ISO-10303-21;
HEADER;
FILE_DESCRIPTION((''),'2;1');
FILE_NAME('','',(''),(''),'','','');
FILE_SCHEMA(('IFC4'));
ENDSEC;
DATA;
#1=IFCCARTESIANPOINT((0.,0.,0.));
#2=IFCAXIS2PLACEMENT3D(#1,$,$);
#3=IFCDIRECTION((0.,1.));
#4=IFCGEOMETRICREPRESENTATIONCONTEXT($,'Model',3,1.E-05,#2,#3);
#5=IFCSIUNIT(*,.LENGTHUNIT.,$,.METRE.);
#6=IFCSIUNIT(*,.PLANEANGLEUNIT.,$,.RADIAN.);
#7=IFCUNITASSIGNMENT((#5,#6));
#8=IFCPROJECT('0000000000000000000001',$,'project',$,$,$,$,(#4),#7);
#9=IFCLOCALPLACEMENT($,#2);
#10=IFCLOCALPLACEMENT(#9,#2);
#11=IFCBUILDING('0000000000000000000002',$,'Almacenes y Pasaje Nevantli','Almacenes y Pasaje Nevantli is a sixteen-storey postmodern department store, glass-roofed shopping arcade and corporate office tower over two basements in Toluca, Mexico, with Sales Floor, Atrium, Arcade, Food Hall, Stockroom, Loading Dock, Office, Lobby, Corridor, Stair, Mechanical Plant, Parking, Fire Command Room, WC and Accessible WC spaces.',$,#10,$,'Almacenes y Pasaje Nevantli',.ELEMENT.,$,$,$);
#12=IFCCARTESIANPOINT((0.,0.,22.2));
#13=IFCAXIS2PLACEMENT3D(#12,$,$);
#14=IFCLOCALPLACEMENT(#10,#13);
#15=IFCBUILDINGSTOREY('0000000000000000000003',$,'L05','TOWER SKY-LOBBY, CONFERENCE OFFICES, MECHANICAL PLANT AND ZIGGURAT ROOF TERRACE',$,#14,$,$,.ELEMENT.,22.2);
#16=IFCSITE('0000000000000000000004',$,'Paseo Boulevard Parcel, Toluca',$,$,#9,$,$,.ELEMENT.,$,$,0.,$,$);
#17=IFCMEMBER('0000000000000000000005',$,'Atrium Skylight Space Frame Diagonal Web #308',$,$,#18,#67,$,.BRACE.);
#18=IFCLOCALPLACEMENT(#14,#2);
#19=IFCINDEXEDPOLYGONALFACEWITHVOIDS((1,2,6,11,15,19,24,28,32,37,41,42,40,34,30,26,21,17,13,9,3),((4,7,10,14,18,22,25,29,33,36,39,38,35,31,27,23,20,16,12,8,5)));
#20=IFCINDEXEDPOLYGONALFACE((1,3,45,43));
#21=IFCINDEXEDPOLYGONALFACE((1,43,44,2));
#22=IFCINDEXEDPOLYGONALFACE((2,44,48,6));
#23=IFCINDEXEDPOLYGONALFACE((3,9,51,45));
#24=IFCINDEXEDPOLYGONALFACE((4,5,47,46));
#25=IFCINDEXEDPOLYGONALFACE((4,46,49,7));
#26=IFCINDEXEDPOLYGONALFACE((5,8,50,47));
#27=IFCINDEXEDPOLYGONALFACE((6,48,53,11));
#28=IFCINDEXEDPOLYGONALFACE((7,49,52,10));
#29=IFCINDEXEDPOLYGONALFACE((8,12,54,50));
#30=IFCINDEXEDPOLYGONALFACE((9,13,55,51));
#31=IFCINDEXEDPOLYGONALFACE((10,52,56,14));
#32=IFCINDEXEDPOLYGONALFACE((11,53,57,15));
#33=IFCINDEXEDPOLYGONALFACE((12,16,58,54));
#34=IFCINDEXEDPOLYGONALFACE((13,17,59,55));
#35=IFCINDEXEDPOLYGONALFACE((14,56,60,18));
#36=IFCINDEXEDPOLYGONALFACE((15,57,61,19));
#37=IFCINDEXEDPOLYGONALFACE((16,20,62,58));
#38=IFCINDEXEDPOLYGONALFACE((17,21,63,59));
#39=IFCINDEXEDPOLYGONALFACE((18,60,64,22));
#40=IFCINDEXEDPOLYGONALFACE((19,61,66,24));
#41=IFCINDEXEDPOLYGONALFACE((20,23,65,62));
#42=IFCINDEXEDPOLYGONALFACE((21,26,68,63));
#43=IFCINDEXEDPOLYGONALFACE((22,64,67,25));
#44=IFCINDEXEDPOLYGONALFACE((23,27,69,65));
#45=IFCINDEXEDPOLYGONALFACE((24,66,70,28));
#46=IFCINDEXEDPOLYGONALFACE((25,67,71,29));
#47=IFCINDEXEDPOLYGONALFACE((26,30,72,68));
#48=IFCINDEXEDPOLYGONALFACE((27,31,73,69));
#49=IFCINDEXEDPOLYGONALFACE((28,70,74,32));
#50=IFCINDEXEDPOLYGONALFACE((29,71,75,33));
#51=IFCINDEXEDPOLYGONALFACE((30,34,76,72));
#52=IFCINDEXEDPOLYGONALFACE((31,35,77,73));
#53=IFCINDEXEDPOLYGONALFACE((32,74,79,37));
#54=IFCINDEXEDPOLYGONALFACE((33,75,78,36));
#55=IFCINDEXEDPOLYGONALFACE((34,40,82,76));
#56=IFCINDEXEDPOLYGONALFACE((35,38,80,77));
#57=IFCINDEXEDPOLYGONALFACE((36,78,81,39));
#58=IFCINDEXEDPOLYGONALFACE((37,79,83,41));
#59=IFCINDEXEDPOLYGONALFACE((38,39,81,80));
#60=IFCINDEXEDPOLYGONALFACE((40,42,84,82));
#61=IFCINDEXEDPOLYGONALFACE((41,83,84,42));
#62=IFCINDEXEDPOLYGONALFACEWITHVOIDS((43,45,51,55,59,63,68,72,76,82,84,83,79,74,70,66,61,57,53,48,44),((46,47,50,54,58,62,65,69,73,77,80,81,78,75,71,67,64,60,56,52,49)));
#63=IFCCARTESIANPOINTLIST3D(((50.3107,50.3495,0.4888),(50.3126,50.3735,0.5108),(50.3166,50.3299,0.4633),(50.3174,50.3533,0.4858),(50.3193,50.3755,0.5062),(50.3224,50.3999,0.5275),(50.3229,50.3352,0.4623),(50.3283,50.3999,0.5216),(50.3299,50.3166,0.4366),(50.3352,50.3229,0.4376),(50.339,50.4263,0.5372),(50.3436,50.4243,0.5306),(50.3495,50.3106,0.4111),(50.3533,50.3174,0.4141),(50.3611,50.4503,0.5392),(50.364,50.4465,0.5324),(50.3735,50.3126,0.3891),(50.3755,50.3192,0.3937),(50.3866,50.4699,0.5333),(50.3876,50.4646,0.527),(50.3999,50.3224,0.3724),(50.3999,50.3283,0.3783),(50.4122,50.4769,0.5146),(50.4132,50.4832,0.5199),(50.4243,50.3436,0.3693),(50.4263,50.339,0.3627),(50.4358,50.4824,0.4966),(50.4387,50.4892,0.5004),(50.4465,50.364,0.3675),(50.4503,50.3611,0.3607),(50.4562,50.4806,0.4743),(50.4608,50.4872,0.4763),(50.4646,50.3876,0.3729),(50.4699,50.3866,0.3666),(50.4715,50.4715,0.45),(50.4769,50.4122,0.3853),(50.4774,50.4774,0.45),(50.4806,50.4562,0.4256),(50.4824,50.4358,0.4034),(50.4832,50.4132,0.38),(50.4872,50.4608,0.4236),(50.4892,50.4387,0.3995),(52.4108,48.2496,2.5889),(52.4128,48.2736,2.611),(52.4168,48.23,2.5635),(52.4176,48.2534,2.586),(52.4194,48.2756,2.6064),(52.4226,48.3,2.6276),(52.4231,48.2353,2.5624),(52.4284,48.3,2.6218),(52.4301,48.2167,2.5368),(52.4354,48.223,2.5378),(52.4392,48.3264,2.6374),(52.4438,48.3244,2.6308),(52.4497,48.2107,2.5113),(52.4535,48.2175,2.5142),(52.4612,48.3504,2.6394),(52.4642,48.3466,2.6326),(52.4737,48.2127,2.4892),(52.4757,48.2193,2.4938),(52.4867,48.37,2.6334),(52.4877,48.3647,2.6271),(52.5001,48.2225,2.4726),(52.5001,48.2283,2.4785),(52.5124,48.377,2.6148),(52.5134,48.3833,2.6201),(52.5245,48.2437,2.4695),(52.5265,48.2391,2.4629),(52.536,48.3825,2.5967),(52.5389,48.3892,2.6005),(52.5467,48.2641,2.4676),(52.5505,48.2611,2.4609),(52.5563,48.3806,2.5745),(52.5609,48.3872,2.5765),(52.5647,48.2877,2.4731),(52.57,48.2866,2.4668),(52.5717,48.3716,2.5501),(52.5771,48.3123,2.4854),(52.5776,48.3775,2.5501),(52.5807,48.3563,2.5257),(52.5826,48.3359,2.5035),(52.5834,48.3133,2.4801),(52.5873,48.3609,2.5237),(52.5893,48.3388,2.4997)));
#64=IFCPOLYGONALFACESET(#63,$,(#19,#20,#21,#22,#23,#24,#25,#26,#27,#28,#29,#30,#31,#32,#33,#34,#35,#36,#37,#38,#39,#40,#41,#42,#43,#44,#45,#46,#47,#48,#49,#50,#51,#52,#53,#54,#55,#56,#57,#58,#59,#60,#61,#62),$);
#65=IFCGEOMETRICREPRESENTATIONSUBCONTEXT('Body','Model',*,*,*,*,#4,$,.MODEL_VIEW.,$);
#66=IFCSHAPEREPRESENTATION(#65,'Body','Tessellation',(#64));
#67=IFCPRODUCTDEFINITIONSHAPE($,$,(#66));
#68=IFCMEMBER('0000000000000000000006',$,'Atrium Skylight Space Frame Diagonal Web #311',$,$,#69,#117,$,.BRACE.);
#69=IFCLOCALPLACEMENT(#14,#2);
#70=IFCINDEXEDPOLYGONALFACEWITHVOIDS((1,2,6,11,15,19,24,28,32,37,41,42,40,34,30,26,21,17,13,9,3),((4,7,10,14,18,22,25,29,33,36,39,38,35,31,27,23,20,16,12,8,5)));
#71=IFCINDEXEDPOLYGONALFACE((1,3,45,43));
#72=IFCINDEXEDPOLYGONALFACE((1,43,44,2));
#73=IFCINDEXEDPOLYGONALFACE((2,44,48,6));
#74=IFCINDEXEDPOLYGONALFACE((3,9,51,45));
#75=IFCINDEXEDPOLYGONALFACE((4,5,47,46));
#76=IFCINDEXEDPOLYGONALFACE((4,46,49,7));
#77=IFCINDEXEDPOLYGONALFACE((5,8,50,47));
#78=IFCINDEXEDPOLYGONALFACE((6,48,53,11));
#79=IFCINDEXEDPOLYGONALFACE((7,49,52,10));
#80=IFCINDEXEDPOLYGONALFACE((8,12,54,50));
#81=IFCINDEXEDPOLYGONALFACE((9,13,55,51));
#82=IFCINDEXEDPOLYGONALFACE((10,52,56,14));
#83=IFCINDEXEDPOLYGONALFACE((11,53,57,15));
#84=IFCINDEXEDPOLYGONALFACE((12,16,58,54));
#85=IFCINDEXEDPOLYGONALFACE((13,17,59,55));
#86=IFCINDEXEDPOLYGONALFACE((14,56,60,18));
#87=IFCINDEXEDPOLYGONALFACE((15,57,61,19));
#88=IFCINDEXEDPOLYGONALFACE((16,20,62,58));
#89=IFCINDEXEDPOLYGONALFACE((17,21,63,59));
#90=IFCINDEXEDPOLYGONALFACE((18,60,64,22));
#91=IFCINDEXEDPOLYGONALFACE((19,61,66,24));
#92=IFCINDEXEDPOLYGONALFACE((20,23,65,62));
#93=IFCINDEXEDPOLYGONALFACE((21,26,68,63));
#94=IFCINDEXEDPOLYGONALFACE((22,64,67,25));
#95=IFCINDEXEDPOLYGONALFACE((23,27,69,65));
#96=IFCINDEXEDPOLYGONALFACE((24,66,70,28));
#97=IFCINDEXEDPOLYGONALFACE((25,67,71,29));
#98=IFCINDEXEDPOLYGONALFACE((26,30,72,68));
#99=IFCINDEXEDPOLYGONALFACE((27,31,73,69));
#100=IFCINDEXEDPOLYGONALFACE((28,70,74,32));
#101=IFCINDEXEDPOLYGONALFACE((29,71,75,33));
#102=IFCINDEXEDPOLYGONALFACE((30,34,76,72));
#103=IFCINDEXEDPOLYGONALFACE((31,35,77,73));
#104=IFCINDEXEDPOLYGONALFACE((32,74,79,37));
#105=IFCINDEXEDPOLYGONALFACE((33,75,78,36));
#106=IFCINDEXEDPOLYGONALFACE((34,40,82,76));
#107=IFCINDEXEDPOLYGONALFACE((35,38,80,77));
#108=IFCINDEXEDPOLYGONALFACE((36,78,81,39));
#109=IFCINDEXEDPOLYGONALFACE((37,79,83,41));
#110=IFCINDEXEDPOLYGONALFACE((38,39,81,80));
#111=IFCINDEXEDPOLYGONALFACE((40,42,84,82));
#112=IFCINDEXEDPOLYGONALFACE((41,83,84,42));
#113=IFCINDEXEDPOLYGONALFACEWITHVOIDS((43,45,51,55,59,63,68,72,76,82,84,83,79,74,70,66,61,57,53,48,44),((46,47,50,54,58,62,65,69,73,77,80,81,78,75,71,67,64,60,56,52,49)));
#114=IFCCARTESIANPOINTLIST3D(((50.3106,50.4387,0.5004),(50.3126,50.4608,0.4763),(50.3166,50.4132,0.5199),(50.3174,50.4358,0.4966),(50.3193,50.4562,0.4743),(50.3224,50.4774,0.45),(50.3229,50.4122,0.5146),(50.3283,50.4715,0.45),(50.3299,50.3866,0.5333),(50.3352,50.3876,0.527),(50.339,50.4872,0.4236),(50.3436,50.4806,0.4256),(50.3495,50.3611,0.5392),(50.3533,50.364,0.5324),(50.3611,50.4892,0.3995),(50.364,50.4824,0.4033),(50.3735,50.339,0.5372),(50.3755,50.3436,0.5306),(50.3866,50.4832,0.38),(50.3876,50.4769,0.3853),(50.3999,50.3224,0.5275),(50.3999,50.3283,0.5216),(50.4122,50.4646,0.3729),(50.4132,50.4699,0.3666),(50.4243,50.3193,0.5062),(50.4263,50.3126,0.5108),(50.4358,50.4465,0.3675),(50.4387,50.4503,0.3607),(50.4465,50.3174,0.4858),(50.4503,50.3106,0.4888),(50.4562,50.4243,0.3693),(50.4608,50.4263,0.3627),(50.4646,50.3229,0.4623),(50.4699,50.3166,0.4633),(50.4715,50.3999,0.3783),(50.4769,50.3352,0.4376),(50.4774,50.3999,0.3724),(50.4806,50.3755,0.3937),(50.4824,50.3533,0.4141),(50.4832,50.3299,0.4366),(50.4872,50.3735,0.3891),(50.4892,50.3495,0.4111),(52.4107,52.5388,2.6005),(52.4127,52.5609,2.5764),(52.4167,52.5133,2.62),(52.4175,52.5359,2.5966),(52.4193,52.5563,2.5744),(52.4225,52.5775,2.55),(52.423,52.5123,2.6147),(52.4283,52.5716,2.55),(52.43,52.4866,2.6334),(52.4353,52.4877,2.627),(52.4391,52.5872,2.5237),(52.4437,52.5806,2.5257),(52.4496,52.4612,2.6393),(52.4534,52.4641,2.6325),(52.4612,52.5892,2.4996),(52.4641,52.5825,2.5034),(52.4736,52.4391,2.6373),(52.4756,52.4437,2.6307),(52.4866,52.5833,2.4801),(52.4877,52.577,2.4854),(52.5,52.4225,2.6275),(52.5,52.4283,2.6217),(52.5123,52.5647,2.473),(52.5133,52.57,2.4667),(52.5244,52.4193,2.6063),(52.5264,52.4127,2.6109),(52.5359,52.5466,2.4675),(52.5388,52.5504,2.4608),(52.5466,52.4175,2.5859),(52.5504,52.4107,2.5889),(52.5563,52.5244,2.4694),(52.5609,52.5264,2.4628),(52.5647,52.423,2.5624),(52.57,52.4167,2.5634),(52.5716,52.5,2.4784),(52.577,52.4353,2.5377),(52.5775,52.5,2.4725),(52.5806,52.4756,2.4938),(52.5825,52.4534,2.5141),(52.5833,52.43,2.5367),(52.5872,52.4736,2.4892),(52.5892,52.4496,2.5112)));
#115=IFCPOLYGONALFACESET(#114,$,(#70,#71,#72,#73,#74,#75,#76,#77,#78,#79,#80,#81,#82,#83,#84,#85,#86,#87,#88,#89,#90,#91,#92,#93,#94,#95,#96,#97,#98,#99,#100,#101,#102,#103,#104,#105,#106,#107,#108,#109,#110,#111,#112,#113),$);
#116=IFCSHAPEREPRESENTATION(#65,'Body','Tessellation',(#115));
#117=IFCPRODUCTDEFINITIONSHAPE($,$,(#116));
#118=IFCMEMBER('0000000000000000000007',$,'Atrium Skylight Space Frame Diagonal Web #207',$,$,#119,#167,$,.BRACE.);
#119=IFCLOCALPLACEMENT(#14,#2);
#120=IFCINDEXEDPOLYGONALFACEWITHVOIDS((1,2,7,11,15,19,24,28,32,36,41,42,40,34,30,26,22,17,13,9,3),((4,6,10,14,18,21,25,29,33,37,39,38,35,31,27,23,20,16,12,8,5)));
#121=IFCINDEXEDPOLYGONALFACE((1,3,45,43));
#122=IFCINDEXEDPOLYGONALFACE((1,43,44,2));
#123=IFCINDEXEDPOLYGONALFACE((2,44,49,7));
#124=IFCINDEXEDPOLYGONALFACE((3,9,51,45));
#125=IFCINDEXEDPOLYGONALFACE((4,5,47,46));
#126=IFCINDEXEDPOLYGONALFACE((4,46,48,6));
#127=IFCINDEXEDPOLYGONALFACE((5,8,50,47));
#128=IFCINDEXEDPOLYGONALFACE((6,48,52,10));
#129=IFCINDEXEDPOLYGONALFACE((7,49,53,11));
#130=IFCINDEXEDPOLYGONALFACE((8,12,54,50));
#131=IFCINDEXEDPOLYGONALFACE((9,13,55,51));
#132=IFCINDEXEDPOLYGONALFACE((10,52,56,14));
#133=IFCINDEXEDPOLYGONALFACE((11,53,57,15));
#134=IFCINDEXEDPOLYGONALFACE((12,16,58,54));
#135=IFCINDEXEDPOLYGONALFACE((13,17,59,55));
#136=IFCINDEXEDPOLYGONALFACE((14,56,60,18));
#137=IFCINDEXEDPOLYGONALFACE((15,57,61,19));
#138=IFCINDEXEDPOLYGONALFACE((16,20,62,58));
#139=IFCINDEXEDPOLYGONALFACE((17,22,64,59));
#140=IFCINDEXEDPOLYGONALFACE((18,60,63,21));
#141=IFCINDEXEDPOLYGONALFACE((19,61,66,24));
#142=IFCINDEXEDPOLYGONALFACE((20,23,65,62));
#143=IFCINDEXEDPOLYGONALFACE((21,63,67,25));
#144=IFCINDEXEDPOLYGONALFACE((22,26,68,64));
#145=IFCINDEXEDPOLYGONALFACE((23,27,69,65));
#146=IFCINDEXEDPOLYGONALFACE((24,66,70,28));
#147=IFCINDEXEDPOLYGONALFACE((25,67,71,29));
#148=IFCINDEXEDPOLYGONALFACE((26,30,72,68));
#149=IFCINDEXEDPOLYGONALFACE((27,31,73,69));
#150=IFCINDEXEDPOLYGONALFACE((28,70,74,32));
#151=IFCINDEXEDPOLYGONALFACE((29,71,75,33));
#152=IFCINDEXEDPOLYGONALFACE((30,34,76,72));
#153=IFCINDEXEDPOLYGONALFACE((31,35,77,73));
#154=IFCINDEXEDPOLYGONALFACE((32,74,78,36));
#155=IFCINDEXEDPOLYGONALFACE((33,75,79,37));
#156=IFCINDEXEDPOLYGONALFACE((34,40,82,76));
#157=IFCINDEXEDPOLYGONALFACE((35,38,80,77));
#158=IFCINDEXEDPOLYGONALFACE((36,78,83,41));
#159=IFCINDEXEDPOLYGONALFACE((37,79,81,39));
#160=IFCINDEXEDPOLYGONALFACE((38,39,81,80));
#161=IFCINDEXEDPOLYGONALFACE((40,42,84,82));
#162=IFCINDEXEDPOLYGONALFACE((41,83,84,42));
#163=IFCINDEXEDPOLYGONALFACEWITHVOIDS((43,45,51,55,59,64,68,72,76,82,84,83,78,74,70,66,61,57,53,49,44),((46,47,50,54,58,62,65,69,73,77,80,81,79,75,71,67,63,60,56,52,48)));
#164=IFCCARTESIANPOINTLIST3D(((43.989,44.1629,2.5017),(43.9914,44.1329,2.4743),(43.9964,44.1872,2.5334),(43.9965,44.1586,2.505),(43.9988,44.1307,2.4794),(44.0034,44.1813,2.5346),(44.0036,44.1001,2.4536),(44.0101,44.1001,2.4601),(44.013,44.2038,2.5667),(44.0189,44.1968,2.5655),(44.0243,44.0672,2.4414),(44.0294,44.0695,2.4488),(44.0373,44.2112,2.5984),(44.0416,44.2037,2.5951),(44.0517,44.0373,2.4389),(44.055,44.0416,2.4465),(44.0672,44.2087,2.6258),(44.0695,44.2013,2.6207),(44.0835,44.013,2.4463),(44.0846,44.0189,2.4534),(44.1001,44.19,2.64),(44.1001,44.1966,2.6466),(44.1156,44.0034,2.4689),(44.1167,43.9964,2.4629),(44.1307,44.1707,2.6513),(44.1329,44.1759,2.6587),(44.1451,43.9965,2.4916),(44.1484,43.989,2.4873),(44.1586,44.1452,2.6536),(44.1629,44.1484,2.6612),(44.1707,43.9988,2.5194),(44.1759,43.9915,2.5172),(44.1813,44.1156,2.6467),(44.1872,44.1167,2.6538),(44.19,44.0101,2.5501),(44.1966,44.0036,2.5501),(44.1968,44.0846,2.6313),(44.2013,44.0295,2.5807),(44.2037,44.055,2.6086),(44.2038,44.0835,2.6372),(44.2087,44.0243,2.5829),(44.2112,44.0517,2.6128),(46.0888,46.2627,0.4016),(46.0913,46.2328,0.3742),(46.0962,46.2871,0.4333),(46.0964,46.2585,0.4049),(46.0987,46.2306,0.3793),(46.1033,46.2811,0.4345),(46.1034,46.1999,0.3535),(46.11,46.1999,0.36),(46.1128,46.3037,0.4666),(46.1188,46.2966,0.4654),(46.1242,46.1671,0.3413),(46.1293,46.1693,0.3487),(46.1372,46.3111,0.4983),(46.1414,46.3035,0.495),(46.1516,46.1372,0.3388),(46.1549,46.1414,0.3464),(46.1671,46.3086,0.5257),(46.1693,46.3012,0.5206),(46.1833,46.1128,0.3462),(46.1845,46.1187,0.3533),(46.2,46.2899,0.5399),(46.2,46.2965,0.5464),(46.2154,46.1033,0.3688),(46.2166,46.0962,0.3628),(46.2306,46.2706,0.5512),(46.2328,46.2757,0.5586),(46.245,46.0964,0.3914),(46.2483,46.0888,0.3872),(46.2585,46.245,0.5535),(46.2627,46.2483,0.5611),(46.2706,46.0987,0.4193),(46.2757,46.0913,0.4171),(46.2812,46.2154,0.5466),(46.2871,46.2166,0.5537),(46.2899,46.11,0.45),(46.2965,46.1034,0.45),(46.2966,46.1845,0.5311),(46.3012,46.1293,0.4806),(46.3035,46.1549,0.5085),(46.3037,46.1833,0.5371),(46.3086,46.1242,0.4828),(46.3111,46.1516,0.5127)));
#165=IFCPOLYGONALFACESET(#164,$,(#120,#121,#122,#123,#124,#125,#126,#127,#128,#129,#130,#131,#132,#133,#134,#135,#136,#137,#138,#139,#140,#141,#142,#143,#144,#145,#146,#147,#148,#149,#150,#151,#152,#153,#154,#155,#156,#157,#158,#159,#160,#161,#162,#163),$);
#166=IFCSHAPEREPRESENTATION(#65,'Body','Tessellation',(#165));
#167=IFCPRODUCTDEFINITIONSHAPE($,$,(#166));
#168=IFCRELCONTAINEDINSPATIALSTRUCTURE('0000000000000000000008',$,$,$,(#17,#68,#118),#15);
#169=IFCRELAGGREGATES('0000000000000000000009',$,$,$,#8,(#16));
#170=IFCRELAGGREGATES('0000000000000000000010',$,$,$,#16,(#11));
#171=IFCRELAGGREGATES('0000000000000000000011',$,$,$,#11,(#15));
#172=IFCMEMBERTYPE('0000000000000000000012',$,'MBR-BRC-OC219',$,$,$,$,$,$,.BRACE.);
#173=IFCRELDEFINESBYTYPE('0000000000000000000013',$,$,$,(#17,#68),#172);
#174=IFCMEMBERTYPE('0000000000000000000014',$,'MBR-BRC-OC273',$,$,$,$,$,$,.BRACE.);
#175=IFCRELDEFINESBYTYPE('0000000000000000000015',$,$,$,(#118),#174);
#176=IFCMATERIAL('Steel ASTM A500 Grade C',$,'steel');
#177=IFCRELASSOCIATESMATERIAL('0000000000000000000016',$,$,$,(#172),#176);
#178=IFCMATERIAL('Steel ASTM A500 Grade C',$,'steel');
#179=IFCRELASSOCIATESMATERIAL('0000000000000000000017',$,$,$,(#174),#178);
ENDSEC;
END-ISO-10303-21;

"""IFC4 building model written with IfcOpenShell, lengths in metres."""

from ifc_helpers import new_model, si_unit, direction, frame, origin, origin_2d, place, context, subcontext, project, spatial, hollow_circle, extrude, material, material_profile, profile_set, type_object, element, save


model = new_model("IFC4")

# Units and contexts
model_context = context("Model", 3, precision=1e-05, world=origin(), true_north=direction((0.0, 1.0)))
body_context = subcontext(model_context, "Body", "Model", "MODEL_VIEW")
ifc_project = project(units=[si_unit("LENGTHUNIT", "METRE"), si_unit("PLANEANGLEUNIT", "RADIAN")], contexts=[model_context])

# Site, building, storey
site_placement = place(None, origin())
site = spatial("IfcSite", under=ifc_project, at=site_placement, Name="Paseo Boulevard Parcel, Toluca", CompositionType="ELEMENT", RefElevation=0.0)
building_placement = place(site_placement, origin())
building = spatial("IfcBuilding", under=site, at=building_placement, Name="Almacenes y Pasaje Nevantli", Description="Almacenes y Pasaje Nevantli is a sixteen-storey postmodern department store, glass-roofed shopping arcade and corporate office tower over two basements in Toluca, Mexico, with Sales Floor, Atrium, Arcade, Food Hall, Stockroom, Loading Dock, Office, Lobby, Corridor, Stair, Mechanical Plant, Parking, Fire Command Room, WC and Accessible WC spaces.", LongName="Almacenes y Pasaje Nevantli", CompositionType="ELEMENT")
storey_placement = place(building_placement, frame((0.0, 0.0, 22.2)))
storey = spatial("IfcBuildingStorey", under=building, at=storey_placement, Name="L05", Description="TOWER SKY-LOBBY, CONFERENCE OFFICES, MECHANICAL PLANT AND ZIGGURAT ROOF TERRACE", CompositionType="ELEMENT", Elevation=22.2)

# Members
ifc_material_1 = material(Name="Steel ASTM A500 Grade C", Category="steel")
ifc_material_profile_1 = material_profile(ifc_material_1, hollow_circle(Radius=0.1096, WallThickness=0.0083, at=origin_2d()), Name="OC 219x8.2")
ifc_profile_set_1 = profile_set([ifc_material_profile_1], Name="Steel ASTM A500 Grade C")
member_type_1 = type_object("IfcMemberType", Name="MBR-BRC-OC219", PredefinedType="BRACE", material=ifc_profile_set_1)
for number, where, z_axis, x_axis, name in (
    (1, (50.3999, 50.3999, 0.45), (0.577373, -0.577306, 0.577373), (0.707066, 0.707148, 0.0), "Atrium Skylight Space Frame Diagonal Web #308"),
    (2, (50.3999, 50.3999, 0.45), (0.57735, 0.57735, 0.57735), (-0.707107, 0.707107, 0.0), "Atrium Skylight Space Frame Diagonal Web #311"),
):
    element("IfcMember", number, at=place(storey_placement, frame(where, z_axis=z_axis, x_axis=x_axis)), inside=storey, type_object=member_type_1, Name=name, PredefinedType="BRACE", context=body_context, shape_type="SweptSolid", body=[
        extrude(hollow_circle(Radius=0.1096, WallThickness=0.0083, at=origin_2d()), origin(), (0.0, 0.0, 1.0), 3.6375),
    ])
ifc_material_2 = material(Name="Steel ASTM A500 Grade C", Category="steel")
ifc_material_profile_2 = material_profile(ifc_material_2, hollow_circle(Radius=0.1365, WallThickness=0.0093, at=origin_2d()), Name="OC 273x9.3")
ifc_profile_set_2 = profile_set([ifc_material_profile_2], Name="Steel ASTM A500 Grade C")
member_type_2 = type_object("IfcMemberType", Name="MBR-BRC-OC273", PredefinedType="BRACE", material=ifc_profile_set_2)
member_1_placement = place(storey_placement, frame((46.2, 46.2, 0.45), z_axis=(-0.577328, -0.577328, 0.577395), x_axis=(0.707107, -0.707107, 0.0)))
element("IfcMember", 3, at=member_1_placement, inside=storey, type_object=member_type_2, Name="Atrium Skylight Space Frame Diagonal Web #207", PredefinedType="BRACE", context=body_context, shape_type="SweptSolid", body=[
    extrude(hollow_circle(Radius=0.1365, WallThickness=0.0093, at=origin_2d()), origin(), (0.0, 0.0, 1.0), 3.6372),
])

save(model, "model.ifc")
